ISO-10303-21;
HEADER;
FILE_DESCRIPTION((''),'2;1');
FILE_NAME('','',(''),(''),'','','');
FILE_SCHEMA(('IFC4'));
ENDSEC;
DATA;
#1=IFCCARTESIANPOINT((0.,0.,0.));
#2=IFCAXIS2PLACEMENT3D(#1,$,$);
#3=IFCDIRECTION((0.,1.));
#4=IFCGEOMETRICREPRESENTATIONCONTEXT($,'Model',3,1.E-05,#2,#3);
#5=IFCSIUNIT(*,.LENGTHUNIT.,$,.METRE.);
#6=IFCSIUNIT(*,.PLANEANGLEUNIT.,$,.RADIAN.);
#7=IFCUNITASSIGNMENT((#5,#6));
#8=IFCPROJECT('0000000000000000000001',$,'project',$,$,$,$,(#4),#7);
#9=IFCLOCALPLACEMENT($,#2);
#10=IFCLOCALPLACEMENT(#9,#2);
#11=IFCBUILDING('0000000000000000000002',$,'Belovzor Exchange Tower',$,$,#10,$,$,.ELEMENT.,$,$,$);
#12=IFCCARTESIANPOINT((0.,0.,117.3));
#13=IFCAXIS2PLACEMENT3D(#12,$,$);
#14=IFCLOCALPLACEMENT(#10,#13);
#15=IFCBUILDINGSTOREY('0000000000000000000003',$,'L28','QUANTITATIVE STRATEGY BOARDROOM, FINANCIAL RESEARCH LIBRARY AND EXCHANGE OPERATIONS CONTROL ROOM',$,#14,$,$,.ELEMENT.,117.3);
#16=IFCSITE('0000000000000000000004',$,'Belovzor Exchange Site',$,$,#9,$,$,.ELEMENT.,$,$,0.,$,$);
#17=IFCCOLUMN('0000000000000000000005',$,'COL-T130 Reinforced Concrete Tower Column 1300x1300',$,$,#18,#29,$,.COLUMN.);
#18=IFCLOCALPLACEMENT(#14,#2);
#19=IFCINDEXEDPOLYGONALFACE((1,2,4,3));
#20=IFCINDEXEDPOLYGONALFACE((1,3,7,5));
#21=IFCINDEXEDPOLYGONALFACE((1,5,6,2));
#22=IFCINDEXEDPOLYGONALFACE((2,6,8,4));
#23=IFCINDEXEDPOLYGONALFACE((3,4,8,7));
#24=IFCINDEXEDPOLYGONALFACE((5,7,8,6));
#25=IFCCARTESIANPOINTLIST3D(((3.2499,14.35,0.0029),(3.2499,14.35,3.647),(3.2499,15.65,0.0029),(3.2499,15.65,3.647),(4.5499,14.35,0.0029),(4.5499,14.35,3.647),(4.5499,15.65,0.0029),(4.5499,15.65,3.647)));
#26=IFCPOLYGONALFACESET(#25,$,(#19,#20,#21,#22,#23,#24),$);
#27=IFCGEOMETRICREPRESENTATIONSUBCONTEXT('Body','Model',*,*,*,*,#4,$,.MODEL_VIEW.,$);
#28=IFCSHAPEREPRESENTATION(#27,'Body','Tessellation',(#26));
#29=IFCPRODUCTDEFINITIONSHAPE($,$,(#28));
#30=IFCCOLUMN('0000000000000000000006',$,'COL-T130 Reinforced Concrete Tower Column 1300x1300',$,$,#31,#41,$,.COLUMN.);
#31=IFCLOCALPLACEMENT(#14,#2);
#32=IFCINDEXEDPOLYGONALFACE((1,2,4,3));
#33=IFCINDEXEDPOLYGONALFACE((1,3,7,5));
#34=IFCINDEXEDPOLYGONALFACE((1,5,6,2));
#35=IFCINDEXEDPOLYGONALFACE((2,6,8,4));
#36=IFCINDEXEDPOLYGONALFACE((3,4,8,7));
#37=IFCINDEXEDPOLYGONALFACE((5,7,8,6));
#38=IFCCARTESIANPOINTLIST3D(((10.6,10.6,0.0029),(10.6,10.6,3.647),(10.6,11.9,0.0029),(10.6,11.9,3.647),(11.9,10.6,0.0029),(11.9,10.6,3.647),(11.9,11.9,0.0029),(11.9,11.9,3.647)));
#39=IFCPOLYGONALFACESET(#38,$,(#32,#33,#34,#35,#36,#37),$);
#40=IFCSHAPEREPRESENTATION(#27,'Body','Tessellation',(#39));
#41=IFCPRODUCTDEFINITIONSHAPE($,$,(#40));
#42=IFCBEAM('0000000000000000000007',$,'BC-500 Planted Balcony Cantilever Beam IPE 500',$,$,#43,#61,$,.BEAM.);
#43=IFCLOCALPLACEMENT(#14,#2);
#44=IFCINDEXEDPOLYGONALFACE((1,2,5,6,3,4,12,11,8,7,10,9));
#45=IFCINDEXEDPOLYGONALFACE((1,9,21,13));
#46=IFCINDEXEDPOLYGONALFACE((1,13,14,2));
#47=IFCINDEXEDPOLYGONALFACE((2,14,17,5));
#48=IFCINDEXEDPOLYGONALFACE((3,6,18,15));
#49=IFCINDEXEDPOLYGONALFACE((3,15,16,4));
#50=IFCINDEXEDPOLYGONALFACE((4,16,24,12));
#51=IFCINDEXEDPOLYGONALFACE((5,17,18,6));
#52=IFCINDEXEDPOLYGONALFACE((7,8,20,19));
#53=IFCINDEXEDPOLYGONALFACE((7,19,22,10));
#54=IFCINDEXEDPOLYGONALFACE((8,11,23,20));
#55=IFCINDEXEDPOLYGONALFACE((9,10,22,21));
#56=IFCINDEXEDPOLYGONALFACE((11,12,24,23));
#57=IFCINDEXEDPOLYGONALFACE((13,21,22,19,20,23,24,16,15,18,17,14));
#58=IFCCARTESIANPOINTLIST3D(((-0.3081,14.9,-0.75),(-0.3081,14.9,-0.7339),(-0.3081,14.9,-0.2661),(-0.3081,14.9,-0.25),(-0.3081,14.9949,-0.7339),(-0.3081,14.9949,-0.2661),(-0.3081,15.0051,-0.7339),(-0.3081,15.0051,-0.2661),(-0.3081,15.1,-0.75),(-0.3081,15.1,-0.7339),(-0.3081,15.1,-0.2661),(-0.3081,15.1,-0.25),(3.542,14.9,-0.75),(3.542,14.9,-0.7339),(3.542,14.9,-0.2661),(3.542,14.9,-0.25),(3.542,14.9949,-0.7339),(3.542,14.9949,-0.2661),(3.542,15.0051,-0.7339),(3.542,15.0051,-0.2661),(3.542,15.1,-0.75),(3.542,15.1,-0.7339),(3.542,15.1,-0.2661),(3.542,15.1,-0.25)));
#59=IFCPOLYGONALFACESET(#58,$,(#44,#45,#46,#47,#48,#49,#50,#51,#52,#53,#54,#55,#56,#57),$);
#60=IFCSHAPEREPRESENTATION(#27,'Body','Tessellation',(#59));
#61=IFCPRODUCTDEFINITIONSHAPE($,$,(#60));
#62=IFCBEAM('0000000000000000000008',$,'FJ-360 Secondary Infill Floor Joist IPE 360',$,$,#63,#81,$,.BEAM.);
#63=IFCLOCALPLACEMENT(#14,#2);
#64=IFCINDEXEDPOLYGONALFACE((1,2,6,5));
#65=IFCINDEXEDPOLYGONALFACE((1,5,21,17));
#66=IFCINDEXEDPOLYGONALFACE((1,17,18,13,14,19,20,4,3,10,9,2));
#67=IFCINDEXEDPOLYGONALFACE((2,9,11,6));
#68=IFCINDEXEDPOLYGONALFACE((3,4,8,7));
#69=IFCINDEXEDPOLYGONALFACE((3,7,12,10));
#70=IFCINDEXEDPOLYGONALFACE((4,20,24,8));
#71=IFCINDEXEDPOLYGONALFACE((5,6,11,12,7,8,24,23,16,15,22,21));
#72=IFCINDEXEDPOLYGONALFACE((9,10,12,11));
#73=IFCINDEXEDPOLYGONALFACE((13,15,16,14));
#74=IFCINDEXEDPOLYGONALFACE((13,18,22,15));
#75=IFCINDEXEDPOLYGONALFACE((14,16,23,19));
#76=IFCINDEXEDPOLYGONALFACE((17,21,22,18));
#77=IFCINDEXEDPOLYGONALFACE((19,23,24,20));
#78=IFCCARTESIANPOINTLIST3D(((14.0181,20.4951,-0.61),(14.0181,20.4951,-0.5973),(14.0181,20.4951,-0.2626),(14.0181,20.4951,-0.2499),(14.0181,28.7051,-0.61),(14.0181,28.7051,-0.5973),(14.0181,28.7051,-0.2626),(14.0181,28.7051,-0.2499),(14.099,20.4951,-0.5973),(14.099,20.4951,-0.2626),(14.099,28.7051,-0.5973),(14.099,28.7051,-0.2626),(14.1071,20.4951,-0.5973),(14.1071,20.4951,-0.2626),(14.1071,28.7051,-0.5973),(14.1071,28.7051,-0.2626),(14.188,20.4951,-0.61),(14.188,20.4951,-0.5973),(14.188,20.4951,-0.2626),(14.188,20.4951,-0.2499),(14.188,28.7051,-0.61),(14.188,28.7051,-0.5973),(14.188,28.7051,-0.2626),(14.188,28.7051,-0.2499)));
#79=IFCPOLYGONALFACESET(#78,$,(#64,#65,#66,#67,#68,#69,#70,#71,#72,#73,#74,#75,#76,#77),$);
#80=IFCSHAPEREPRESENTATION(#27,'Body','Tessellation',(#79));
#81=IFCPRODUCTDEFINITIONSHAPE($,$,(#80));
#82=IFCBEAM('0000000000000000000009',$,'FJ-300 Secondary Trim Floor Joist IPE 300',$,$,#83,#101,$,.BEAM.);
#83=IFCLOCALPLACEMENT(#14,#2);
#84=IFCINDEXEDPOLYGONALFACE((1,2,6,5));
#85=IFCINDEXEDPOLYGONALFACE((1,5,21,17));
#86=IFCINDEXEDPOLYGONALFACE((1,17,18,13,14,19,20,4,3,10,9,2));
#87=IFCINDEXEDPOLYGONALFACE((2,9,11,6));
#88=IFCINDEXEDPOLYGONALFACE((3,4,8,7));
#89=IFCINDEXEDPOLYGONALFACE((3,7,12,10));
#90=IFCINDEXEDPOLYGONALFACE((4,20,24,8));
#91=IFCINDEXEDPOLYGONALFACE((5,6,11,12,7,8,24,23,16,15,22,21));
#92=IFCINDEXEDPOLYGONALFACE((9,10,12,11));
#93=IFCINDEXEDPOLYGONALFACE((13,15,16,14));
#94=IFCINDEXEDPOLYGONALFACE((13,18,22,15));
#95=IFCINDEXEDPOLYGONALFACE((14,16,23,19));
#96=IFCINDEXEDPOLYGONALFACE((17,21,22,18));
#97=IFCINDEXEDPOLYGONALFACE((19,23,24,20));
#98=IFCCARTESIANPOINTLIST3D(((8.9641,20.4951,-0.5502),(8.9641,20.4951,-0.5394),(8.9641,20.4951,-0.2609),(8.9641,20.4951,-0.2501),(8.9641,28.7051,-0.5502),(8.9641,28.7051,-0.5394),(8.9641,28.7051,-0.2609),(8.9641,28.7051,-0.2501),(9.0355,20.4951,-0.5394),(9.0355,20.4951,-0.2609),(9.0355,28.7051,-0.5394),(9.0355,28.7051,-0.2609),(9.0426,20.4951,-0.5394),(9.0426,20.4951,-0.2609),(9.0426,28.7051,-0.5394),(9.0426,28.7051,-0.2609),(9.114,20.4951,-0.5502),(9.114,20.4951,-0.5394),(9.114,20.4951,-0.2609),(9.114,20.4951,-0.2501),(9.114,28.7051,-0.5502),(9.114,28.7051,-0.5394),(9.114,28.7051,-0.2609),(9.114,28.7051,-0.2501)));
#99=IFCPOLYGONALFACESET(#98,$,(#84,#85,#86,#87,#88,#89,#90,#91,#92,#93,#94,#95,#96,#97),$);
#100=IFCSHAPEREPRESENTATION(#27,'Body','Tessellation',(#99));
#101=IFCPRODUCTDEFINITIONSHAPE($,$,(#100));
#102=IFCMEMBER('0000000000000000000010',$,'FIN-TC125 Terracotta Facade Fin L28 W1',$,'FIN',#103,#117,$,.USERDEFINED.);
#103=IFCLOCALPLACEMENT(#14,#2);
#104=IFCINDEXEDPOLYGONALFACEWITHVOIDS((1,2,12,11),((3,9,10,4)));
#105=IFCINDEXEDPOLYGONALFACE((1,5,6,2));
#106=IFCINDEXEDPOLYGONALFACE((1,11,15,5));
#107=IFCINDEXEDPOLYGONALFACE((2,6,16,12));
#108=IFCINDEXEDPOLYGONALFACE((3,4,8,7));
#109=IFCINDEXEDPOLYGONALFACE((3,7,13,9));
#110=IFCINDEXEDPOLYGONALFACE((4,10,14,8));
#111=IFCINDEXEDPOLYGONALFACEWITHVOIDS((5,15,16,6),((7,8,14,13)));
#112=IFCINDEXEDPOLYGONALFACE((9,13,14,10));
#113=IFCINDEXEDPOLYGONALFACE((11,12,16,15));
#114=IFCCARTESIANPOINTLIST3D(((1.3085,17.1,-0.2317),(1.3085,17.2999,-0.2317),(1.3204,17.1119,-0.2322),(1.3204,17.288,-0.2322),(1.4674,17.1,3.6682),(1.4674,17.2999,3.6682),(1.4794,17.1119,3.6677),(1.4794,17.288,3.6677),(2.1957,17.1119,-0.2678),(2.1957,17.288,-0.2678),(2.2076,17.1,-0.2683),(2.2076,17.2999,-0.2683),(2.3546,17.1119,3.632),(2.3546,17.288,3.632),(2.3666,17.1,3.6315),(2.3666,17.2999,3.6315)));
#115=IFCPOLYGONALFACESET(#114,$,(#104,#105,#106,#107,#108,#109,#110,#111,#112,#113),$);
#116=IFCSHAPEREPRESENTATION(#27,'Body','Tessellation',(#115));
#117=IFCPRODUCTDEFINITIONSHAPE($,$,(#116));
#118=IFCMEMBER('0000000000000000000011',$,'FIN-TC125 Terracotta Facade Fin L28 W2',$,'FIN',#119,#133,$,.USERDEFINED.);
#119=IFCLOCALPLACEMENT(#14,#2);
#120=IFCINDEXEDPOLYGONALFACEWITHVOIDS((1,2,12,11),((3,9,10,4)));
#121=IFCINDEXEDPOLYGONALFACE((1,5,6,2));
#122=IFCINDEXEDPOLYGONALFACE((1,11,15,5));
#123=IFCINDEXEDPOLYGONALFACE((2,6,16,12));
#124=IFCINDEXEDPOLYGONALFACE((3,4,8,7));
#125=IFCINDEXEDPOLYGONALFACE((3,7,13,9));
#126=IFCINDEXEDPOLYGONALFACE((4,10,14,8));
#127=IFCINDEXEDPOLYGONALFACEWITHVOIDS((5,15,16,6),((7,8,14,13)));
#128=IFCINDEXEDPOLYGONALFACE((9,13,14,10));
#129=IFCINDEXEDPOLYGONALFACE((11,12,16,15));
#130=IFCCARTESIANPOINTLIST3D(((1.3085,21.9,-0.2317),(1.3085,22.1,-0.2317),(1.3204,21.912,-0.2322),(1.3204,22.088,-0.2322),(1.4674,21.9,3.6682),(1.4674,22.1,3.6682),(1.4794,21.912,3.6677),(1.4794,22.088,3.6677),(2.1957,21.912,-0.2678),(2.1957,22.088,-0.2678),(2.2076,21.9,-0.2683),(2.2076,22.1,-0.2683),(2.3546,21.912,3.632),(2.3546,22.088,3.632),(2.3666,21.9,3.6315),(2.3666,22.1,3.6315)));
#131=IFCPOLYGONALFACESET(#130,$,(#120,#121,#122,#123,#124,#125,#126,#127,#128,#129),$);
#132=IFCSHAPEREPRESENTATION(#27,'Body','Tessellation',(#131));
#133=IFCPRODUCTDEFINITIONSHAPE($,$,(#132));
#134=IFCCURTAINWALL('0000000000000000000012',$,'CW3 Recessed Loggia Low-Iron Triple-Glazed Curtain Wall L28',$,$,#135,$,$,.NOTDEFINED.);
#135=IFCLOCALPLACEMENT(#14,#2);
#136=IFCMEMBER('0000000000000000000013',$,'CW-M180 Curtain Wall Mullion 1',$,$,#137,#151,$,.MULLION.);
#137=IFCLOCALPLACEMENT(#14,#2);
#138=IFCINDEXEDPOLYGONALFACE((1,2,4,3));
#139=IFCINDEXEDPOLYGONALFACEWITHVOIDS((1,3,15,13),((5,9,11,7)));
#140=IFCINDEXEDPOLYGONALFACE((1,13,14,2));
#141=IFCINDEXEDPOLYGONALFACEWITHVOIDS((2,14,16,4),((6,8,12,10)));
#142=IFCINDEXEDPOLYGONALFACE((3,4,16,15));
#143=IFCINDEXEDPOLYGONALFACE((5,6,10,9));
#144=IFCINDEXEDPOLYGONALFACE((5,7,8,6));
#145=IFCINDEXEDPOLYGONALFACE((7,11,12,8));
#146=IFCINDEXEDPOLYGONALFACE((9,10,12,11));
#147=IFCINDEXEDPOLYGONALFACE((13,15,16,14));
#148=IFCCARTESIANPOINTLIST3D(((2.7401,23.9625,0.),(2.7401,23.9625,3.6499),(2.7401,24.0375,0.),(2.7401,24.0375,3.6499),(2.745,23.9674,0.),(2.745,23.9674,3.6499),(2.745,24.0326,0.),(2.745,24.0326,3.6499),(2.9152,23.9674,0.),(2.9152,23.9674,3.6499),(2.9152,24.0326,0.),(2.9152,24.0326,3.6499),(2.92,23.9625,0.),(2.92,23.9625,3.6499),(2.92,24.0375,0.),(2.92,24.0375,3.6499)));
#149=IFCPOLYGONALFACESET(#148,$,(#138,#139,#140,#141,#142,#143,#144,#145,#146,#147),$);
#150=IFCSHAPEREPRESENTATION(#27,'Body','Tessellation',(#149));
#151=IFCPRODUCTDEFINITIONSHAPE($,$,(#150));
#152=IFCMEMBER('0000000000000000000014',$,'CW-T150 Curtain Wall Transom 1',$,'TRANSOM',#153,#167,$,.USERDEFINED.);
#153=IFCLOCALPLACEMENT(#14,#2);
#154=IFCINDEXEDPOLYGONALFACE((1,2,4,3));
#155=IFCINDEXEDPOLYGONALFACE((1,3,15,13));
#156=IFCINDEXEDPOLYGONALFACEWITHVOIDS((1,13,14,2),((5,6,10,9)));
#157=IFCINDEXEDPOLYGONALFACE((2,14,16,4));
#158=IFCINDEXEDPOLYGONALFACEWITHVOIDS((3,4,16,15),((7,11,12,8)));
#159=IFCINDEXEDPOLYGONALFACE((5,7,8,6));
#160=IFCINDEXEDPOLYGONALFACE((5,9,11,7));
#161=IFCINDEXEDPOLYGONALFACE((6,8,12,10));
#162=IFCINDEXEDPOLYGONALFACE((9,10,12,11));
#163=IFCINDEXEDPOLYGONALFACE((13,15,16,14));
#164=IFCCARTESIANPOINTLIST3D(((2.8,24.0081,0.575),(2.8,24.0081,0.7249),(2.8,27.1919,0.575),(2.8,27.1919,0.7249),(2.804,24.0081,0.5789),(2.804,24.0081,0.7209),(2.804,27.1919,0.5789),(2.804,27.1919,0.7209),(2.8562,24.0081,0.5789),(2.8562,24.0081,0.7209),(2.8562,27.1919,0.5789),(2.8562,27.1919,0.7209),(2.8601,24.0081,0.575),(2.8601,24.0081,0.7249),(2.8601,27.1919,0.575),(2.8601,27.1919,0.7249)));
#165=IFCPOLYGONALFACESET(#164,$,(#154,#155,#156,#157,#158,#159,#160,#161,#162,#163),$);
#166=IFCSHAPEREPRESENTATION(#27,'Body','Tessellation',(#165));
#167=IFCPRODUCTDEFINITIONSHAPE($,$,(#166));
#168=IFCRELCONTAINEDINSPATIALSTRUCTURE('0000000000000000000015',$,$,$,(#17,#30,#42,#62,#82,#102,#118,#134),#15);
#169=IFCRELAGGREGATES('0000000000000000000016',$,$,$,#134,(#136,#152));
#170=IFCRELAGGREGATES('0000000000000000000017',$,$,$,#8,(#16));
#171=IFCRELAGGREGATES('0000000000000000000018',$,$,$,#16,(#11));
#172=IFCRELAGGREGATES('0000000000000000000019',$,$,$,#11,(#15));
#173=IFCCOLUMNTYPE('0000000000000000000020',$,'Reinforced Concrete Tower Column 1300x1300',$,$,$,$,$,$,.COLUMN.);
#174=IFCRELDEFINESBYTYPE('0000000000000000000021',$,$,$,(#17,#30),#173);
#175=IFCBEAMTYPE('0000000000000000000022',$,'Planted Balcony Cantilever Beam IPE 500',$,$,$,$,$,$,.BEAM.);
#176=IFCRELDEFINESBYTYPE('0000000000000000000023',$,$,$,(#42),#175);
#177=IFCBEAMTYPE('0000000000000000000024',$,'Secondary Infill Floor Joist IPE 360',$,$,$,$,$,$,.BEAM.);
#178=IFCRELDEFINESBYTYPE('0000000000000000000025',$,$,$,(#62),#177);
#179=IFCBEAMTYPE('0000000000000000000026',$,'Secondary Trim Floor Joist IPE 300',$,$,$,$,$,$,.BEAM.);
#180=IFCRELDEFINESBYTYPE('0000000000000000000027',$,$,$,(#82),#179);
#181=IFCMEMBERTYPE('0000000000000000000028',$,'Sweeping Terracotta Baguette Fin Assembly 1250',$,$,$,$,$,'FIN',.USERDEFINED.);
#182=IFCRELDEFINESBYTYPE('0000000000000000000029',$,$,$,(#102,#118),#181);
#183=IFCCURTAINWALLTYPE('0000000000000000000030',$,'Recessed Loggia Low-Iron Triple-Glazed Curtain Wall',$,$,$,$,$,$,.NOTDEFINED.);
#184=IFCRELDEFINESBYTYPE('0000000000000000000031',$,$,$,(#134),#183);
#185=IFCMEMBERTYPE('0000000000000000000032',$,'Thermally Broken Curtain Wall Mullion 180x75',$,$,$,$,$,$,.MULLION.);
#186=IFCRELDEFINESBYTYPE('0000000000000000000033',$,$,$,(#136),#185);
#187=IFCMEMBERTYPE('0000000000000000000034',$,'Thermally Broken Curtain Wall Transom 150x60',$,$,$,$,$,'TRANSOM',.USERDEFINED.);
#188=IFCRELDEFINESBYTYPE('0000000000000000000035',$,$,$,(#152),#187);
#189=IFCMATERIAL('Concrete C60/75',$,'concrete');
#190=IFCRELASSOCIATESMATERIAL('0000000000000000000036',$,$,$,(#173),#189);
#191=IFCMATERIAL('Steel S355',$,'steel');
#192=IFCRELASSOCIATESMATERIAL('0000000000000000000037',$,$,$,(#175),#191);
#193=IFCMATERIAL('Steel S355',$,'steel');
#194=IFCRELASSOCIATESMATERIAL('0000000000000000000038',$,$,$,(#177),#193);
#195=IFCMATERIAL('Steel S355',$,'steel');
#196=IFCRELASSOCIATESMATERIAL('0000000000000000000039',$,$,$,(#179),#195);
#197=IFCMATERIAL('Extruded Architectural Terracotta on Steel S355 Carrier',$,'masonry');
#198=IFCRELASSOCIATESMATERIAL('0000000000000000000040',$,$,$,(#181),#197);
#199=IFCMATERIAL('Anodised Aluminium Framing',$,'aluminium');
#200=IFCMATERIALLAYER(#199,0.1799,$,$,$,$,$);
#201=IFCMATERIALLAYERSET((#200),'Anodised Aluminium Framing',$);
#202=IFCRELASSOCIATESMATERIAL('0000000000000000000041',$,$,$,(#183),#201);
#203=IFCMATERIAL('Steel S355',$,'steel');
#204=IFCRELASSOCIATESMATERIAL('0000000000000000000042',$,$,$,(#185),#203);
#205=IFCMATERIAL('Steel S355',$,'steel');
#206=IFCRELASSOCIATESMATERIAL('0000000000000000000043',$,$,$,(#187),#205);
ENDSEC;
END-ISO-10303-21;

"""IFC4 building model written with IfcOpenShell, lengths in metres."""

from ifc_helpers import new_model, si_unit, direction, frame, origin, origin_2d, place, context, subcontext, project, spatial, rectangle, hollow_rectangle, i_section, extrude, material, layer, layer_set, material_profile, profile_set, type_object, element, aggregate, save


model = new_model("IFC4")

# Units and contexts
model_context = context("Model", 3, precision=1e-05, world=origin(), true_north=direction((0.0, 1.0)))
body_context = subcontext(model_context, "Body", "Model", "MODEL_VIEW")
ifc_project = project(units=[si_unit("LENGTHUNIT", "METRE"), si_unit("PLANEANGLEUNIT", "RADIAN")], contexts=[model_context])

# Site, building, storey
site_placement = place(None, origin())
site = spatial("IfcSite", under=ifc_project, at=site_placement, Name="Belovzor Exchange Site", CompositionType="ELEMENT", RefElevation=0.0)
building_placement = place(site_placement, origin())
building = spatial("IfcBuilding", under=site, at=building_placement, Name="Belovzor Exchange Tower", CompositionType="ELEMENT")
storey_placement = place(building_placement, frame((0.0, 0.0, 117.3)))
storey = spatial("IfcBuildingStorey", under=building, at=storey_placement, Name="L28", Description="QUANTITATIVE STRATEGY BOARDROOM, FINANCIAL RESEARCH LIBRARY AND EXCHANGE OPERATIONS CONTROL ROOM", CompositionType="ELEMENT", Elevation=117.3)

# Columns
ifc_material_1 = material(Name="Concrete C60/75", Category="concrete")
ifc_material_profile_1 = material_profile(ifc_material_1, rectangle(XDim=1.3, YDim=1.3, at=origin_2d()))
ifc_profile_set_1 = profile_set([ifc_material_profile_1], Name="Concrete C60/75")
column_type = type_object("IfcColumnType", Name="Reinforced Concrete Tower Column 1300x1300", PredefinedType="COLUMN", material=ifc_profile_set_1)
for number, where, z_axis, x_axis, name in (
    (1, (3.8999, 15.0, 0.0029), (0.0, 0.0, 1.0), (1.0, 0.0, 0.0), "COL-T130 Reinforced Concrete Tower Column 1300x1300"),
    (2, (11.25, 11.25, 0.0029), (0.0, 0.0, 1.0), (1.0, 0.0, 0.0), "COL-T130 Reinforced Concrete Tower Column 1300x1300"),
):
    element("IfcColumn", number, at=place(storey_placement, frame(where, z_axis=z_axis, x_axis=x_axis)), inside=storey, type_object=column_type, Name=name, PredefinedType="COLUMN", context=body_context, shape_type="SweptSolid", body=[
        extrude(rectangle(XDim=1.3, YDim=1.3, at=origin_2d()), origin(), (0.0, 0.0, 1.0), 3.644),
    ])

# Beams
ifc_material_2 = material(Name="Steel S355", Category="steel")
ifc_material_profile_2 = material_profile(ifc_material_2, i_section(OverallWidth=0.2, OverallDepth=0.5, WebThickness=0.0103, FlangeThickness=0.0161, at=origin_2d()))
ifc_profile_set_2 = profile_set([ifc_material_profile_2], Name="Steel S355")
beam_type_1 = type_object("IfcBeamType", Name="Planted Balcony Cantilever Beam IPE 500", PredefinedType="BEAM", material=ifc_profile_set_2)
beam_1_placement = place(storey_placement, frame((3.542, 15.0, -0.5), z_axis=(-1.0, 0.0, 0.0), x_axis=(0.0, -1.0, 0.0)))
element("IfcBeam", 3, at=beam_1_placement, inside=storey, type_object=beam_type_1, Name="BC-500 Planted Balcony Cantilever Beam IPE 500", PredefinedType="BEAM", context=body_context, shape_type="SweptSolid", body=[
    extrude(i_section(OverallWidth=0.2, OverallDepth=0.5, WebThickness=0.0103, FlangeThickness=0.0161, at=origin_2d()), origin(), (0.0, 0.0, 1.0), 3.8501),
])
ifc_material_3 = material(Name="Steel S355", Category="steel")
ifc_material_profile_3 = material_profile(ifc_material_3, i_section(OverallWidth=0.1699, OverallDepth=0.3601, WebThickness=0.0081, FlangeThickness=0.0127, at=origin_2d()))
ifc_profile_set_3 = profile_set([ifc_material_profile_3], Name="Steel S355")
beam_type_2 = type_object("IfcBeamType", Name="Secondary Infill Floor Joist IPE 360", PredefinedType="BEAM", material=ifc_profile_set_3)
beam_2_placement = place(storey_placement, frame((14.103, 20.4951, -0.4299), z_axis=(0.0, 1.0, 0.0), x_axis=(-1.0, 0.0, 0.0)))
element("IfcBeam", 4, at=beam_2_placement, inside=storey, type_object=beam_type_2, Name="FJ-360 Secondary Infill Floor Joist IPE 360", PredefinedType="BEAM", context=body_context, shape_type="SweptSolid", body=[
    extrude(i_section(OverallWidth=0.1699, OverallDepth=0.3601, WebThickness=0.0081, FlangeThickness=0.0127, at=origin_2d()), origin(), (0.0, 0.0, 1.0), 8.21),
])
ifc_material_4 = material(Name="Steel S355", Category="steel")
ifc_material_profile_4 = material_profile(ifc_material_4, i_section(OverallWidth=0.1499, OverallDepth=0.3, WebThickness=0.0071, FlangeThickness=0.0107, at=origin_2d()))
ifc_profile_set_4 = profile_set([ifc_material_profile_4], Name="Steel S355")
beam_type_3 = type_object("IfcBeamType", Name="Secondary Trim Floor Joist IPE 300", PredefinedType="BEAM", material=ifc_profile_set_4)
beam_3_placement = place(storey_placement, frame((9.0391, 20.4951, -0.4001), z_axis=(0.0, 1.0, 0.0), x_axis=(-1.0, 0.0, 0.0)))
element("IfcBeam", 5, at=beam_3_placement, inside=storey, type_object=beam_type_3, Name="FJ-300 Secondary Trim Floor Joist IPE 300", PredefinedType="BEAM", context=body_context, shape_type="SweptSolid", body=[
    extrude(i_section(OverallWidth=0.1499, OverallDepth=0.3, WebThickness=0.0071, FlangeThickness=0.0107, at=origin_2d()), origin(), (0.0, 0.0, 1.0), 8.21),
])

# Members
ifc_material_5 = material(Name="Extruded Architectural Terracotta on Steel S355 Carrier", Category="masonry")
ifc_material_profile_5 = material_profile(ifc_material_5, hollow_rectangle(XDim=0.2, YDim=0.8999, WallThickness=0.012, at=origin_2d()))
ifc_profile_set_5 = profile_set([ifc_material_profile_5], Name="Extruded Architectural Terracotta on Steel S355 Carrier")
member_type_1 = type_object("IfcMemberType", Name="Sweeping Terracotta Baguette Fin Assembly 1250", ElementType="FIN", PredefinedType="USERDEFINED", material=ifc_profile_set_5)
for number, where, z_axis, x_axis, name in (
    (6, (1.7581, 17.2, -0.25), (0.04072, 0.0, 0.999171), (0.0, 1.0, 0.0), "FIN-TC125 Terracotta Facade Fin L28 W1"),
    (7, (1.7581, 22.0, -0.25), (0.04072, 0.0, 0.999171), (0.0, 1.0, 0.0), "FIN-TC125 Terracotta Facade Fin L28 W2"),
):
    element("IfcMember", number, at=place(storey_placement, frame(where, z_axis=z_axis, x_axis=x_axis)), inside=storey, type_object=member_type_1, Name=name, ObjectType="FIN", PredefinedType="USERDEFINED", context=body_context, shape_type="SweptSolid", body=[
        extrude(hollow_rectangle(XDim=0.2, YDim=0.8999, WallThickness=0.012, at=origin_2d()), origin(), (0.0, 0.0, 1.0), 3.9031),
    ])

# Curtain wall, members
ifc_material_6 = material(Name="Anodised Aluminium Framing", Category="aluminium")
ifc_layer_1 = layer(ifc_material_6, 0.1799)
ifc_layer_set_1 = layer_set([ifc_layer_1], Name="Anodised Aluminium Framing")
curtain_wall_type = type_object("IfcCurtainWallType", Name="Recessed Loggia Low-Iron Triple-Glazed Curtain Wall", PredefinedType="NOTDEFINED", material=ifc_layer_set_1)
curtain_wall_placement = place(storey_placement, origin())
curtain_wall = element("IfcCurtainWall", 8, at=curtain_wall_placement, inside=storey, type_object=curtain_wall_type, Name="CW3 Recessed Loggia Low-Iron Triple-Glazed Curtain Wall L28", PredefinedType="NOTDEFINED")
ifc_material_7 = material(Name="Steel S355", Category="steel")
ifc_material_profile_6 = material_profile(ifc_material_7, hollow_rectangle(XDim=0.075, YDim=0.1799, WallThickness=0.0049, at=origin_2d()))
ifc_profile_set_6 = profile_set([ifc_material_profile_6], Name="Steel S355")
member_type_2 = type_object("IfcMemberType", Name="Thermally Broken Curtain Wall Mullion 180x75", PredefinedType="MULLION", material=ifc_profile_set_6)
member_1_placement = place(storey_placement, frame((2.8301, 24.0, 0.0), z_axis=(0.0, 0.0, 1.0), x_axis=(0.0, 1.0, 0.0)))
member_1 = element("IfcMember", 9, at=member_1_placement, type_object=member_type_2, Name="CW-M180 Curtain Wall Mullion 1", PredefinedType="MULLION", context=body_context, shape_type="SweptSolid", body=[
    extrude(hollow_rectangle(XDim=0.075, YDim=0.1799, WallThickness=0.0049, at=origin_2d()), origin(), (0.0, 0.0, 1.0), 3.6499),
])
ifc_material_8 = material(Name="Steel S355", Category="steel")
ifc_material_profile_7 = material_profile(ifc_material_8, hollow_rectangle(XDim=0.0601, YDim=0.1499, WallThickness=0.0039, at=origin_2d()))
ifc_profile_set_7 = profile_set([ifc_material_profile_7], Name="Steel S355")
member_type_3 = type_object("IfcMemberType", Name="Thermally Broken Curtain Wall Transom 150x60", ElementType="TRANSOM", PredefinedType="USERDEFINED", material=ifc_profile_set_7)
member_2_placement = place(storey_placement, frame((2.8301, 24.0081, 0.6499), z_axis=(0.0, 1.0, 0.0), x_axis=(-1.0, 0.0, 0.0)))
member_2 = element("IfcMember", 10, at=member_2_placement, type_object=member_type_3, Name="CW-T150 Curtain Wall Transom 1", ObjectType="TRANSOM", PredefinedType="USERDEFINED", context=body_context, shape_type="SweptSolid", body=[
    extrude(hollow_rectangle(XDim=0.0601, YDim=0.1499, WallThickness=0.0039, at=origin_2d()), origin(), (0.0, 0.0, 1.0), 3.1838),
])

aggregate(curtain_wall, [member_1, member_2])

save(model, "model.ifc")
